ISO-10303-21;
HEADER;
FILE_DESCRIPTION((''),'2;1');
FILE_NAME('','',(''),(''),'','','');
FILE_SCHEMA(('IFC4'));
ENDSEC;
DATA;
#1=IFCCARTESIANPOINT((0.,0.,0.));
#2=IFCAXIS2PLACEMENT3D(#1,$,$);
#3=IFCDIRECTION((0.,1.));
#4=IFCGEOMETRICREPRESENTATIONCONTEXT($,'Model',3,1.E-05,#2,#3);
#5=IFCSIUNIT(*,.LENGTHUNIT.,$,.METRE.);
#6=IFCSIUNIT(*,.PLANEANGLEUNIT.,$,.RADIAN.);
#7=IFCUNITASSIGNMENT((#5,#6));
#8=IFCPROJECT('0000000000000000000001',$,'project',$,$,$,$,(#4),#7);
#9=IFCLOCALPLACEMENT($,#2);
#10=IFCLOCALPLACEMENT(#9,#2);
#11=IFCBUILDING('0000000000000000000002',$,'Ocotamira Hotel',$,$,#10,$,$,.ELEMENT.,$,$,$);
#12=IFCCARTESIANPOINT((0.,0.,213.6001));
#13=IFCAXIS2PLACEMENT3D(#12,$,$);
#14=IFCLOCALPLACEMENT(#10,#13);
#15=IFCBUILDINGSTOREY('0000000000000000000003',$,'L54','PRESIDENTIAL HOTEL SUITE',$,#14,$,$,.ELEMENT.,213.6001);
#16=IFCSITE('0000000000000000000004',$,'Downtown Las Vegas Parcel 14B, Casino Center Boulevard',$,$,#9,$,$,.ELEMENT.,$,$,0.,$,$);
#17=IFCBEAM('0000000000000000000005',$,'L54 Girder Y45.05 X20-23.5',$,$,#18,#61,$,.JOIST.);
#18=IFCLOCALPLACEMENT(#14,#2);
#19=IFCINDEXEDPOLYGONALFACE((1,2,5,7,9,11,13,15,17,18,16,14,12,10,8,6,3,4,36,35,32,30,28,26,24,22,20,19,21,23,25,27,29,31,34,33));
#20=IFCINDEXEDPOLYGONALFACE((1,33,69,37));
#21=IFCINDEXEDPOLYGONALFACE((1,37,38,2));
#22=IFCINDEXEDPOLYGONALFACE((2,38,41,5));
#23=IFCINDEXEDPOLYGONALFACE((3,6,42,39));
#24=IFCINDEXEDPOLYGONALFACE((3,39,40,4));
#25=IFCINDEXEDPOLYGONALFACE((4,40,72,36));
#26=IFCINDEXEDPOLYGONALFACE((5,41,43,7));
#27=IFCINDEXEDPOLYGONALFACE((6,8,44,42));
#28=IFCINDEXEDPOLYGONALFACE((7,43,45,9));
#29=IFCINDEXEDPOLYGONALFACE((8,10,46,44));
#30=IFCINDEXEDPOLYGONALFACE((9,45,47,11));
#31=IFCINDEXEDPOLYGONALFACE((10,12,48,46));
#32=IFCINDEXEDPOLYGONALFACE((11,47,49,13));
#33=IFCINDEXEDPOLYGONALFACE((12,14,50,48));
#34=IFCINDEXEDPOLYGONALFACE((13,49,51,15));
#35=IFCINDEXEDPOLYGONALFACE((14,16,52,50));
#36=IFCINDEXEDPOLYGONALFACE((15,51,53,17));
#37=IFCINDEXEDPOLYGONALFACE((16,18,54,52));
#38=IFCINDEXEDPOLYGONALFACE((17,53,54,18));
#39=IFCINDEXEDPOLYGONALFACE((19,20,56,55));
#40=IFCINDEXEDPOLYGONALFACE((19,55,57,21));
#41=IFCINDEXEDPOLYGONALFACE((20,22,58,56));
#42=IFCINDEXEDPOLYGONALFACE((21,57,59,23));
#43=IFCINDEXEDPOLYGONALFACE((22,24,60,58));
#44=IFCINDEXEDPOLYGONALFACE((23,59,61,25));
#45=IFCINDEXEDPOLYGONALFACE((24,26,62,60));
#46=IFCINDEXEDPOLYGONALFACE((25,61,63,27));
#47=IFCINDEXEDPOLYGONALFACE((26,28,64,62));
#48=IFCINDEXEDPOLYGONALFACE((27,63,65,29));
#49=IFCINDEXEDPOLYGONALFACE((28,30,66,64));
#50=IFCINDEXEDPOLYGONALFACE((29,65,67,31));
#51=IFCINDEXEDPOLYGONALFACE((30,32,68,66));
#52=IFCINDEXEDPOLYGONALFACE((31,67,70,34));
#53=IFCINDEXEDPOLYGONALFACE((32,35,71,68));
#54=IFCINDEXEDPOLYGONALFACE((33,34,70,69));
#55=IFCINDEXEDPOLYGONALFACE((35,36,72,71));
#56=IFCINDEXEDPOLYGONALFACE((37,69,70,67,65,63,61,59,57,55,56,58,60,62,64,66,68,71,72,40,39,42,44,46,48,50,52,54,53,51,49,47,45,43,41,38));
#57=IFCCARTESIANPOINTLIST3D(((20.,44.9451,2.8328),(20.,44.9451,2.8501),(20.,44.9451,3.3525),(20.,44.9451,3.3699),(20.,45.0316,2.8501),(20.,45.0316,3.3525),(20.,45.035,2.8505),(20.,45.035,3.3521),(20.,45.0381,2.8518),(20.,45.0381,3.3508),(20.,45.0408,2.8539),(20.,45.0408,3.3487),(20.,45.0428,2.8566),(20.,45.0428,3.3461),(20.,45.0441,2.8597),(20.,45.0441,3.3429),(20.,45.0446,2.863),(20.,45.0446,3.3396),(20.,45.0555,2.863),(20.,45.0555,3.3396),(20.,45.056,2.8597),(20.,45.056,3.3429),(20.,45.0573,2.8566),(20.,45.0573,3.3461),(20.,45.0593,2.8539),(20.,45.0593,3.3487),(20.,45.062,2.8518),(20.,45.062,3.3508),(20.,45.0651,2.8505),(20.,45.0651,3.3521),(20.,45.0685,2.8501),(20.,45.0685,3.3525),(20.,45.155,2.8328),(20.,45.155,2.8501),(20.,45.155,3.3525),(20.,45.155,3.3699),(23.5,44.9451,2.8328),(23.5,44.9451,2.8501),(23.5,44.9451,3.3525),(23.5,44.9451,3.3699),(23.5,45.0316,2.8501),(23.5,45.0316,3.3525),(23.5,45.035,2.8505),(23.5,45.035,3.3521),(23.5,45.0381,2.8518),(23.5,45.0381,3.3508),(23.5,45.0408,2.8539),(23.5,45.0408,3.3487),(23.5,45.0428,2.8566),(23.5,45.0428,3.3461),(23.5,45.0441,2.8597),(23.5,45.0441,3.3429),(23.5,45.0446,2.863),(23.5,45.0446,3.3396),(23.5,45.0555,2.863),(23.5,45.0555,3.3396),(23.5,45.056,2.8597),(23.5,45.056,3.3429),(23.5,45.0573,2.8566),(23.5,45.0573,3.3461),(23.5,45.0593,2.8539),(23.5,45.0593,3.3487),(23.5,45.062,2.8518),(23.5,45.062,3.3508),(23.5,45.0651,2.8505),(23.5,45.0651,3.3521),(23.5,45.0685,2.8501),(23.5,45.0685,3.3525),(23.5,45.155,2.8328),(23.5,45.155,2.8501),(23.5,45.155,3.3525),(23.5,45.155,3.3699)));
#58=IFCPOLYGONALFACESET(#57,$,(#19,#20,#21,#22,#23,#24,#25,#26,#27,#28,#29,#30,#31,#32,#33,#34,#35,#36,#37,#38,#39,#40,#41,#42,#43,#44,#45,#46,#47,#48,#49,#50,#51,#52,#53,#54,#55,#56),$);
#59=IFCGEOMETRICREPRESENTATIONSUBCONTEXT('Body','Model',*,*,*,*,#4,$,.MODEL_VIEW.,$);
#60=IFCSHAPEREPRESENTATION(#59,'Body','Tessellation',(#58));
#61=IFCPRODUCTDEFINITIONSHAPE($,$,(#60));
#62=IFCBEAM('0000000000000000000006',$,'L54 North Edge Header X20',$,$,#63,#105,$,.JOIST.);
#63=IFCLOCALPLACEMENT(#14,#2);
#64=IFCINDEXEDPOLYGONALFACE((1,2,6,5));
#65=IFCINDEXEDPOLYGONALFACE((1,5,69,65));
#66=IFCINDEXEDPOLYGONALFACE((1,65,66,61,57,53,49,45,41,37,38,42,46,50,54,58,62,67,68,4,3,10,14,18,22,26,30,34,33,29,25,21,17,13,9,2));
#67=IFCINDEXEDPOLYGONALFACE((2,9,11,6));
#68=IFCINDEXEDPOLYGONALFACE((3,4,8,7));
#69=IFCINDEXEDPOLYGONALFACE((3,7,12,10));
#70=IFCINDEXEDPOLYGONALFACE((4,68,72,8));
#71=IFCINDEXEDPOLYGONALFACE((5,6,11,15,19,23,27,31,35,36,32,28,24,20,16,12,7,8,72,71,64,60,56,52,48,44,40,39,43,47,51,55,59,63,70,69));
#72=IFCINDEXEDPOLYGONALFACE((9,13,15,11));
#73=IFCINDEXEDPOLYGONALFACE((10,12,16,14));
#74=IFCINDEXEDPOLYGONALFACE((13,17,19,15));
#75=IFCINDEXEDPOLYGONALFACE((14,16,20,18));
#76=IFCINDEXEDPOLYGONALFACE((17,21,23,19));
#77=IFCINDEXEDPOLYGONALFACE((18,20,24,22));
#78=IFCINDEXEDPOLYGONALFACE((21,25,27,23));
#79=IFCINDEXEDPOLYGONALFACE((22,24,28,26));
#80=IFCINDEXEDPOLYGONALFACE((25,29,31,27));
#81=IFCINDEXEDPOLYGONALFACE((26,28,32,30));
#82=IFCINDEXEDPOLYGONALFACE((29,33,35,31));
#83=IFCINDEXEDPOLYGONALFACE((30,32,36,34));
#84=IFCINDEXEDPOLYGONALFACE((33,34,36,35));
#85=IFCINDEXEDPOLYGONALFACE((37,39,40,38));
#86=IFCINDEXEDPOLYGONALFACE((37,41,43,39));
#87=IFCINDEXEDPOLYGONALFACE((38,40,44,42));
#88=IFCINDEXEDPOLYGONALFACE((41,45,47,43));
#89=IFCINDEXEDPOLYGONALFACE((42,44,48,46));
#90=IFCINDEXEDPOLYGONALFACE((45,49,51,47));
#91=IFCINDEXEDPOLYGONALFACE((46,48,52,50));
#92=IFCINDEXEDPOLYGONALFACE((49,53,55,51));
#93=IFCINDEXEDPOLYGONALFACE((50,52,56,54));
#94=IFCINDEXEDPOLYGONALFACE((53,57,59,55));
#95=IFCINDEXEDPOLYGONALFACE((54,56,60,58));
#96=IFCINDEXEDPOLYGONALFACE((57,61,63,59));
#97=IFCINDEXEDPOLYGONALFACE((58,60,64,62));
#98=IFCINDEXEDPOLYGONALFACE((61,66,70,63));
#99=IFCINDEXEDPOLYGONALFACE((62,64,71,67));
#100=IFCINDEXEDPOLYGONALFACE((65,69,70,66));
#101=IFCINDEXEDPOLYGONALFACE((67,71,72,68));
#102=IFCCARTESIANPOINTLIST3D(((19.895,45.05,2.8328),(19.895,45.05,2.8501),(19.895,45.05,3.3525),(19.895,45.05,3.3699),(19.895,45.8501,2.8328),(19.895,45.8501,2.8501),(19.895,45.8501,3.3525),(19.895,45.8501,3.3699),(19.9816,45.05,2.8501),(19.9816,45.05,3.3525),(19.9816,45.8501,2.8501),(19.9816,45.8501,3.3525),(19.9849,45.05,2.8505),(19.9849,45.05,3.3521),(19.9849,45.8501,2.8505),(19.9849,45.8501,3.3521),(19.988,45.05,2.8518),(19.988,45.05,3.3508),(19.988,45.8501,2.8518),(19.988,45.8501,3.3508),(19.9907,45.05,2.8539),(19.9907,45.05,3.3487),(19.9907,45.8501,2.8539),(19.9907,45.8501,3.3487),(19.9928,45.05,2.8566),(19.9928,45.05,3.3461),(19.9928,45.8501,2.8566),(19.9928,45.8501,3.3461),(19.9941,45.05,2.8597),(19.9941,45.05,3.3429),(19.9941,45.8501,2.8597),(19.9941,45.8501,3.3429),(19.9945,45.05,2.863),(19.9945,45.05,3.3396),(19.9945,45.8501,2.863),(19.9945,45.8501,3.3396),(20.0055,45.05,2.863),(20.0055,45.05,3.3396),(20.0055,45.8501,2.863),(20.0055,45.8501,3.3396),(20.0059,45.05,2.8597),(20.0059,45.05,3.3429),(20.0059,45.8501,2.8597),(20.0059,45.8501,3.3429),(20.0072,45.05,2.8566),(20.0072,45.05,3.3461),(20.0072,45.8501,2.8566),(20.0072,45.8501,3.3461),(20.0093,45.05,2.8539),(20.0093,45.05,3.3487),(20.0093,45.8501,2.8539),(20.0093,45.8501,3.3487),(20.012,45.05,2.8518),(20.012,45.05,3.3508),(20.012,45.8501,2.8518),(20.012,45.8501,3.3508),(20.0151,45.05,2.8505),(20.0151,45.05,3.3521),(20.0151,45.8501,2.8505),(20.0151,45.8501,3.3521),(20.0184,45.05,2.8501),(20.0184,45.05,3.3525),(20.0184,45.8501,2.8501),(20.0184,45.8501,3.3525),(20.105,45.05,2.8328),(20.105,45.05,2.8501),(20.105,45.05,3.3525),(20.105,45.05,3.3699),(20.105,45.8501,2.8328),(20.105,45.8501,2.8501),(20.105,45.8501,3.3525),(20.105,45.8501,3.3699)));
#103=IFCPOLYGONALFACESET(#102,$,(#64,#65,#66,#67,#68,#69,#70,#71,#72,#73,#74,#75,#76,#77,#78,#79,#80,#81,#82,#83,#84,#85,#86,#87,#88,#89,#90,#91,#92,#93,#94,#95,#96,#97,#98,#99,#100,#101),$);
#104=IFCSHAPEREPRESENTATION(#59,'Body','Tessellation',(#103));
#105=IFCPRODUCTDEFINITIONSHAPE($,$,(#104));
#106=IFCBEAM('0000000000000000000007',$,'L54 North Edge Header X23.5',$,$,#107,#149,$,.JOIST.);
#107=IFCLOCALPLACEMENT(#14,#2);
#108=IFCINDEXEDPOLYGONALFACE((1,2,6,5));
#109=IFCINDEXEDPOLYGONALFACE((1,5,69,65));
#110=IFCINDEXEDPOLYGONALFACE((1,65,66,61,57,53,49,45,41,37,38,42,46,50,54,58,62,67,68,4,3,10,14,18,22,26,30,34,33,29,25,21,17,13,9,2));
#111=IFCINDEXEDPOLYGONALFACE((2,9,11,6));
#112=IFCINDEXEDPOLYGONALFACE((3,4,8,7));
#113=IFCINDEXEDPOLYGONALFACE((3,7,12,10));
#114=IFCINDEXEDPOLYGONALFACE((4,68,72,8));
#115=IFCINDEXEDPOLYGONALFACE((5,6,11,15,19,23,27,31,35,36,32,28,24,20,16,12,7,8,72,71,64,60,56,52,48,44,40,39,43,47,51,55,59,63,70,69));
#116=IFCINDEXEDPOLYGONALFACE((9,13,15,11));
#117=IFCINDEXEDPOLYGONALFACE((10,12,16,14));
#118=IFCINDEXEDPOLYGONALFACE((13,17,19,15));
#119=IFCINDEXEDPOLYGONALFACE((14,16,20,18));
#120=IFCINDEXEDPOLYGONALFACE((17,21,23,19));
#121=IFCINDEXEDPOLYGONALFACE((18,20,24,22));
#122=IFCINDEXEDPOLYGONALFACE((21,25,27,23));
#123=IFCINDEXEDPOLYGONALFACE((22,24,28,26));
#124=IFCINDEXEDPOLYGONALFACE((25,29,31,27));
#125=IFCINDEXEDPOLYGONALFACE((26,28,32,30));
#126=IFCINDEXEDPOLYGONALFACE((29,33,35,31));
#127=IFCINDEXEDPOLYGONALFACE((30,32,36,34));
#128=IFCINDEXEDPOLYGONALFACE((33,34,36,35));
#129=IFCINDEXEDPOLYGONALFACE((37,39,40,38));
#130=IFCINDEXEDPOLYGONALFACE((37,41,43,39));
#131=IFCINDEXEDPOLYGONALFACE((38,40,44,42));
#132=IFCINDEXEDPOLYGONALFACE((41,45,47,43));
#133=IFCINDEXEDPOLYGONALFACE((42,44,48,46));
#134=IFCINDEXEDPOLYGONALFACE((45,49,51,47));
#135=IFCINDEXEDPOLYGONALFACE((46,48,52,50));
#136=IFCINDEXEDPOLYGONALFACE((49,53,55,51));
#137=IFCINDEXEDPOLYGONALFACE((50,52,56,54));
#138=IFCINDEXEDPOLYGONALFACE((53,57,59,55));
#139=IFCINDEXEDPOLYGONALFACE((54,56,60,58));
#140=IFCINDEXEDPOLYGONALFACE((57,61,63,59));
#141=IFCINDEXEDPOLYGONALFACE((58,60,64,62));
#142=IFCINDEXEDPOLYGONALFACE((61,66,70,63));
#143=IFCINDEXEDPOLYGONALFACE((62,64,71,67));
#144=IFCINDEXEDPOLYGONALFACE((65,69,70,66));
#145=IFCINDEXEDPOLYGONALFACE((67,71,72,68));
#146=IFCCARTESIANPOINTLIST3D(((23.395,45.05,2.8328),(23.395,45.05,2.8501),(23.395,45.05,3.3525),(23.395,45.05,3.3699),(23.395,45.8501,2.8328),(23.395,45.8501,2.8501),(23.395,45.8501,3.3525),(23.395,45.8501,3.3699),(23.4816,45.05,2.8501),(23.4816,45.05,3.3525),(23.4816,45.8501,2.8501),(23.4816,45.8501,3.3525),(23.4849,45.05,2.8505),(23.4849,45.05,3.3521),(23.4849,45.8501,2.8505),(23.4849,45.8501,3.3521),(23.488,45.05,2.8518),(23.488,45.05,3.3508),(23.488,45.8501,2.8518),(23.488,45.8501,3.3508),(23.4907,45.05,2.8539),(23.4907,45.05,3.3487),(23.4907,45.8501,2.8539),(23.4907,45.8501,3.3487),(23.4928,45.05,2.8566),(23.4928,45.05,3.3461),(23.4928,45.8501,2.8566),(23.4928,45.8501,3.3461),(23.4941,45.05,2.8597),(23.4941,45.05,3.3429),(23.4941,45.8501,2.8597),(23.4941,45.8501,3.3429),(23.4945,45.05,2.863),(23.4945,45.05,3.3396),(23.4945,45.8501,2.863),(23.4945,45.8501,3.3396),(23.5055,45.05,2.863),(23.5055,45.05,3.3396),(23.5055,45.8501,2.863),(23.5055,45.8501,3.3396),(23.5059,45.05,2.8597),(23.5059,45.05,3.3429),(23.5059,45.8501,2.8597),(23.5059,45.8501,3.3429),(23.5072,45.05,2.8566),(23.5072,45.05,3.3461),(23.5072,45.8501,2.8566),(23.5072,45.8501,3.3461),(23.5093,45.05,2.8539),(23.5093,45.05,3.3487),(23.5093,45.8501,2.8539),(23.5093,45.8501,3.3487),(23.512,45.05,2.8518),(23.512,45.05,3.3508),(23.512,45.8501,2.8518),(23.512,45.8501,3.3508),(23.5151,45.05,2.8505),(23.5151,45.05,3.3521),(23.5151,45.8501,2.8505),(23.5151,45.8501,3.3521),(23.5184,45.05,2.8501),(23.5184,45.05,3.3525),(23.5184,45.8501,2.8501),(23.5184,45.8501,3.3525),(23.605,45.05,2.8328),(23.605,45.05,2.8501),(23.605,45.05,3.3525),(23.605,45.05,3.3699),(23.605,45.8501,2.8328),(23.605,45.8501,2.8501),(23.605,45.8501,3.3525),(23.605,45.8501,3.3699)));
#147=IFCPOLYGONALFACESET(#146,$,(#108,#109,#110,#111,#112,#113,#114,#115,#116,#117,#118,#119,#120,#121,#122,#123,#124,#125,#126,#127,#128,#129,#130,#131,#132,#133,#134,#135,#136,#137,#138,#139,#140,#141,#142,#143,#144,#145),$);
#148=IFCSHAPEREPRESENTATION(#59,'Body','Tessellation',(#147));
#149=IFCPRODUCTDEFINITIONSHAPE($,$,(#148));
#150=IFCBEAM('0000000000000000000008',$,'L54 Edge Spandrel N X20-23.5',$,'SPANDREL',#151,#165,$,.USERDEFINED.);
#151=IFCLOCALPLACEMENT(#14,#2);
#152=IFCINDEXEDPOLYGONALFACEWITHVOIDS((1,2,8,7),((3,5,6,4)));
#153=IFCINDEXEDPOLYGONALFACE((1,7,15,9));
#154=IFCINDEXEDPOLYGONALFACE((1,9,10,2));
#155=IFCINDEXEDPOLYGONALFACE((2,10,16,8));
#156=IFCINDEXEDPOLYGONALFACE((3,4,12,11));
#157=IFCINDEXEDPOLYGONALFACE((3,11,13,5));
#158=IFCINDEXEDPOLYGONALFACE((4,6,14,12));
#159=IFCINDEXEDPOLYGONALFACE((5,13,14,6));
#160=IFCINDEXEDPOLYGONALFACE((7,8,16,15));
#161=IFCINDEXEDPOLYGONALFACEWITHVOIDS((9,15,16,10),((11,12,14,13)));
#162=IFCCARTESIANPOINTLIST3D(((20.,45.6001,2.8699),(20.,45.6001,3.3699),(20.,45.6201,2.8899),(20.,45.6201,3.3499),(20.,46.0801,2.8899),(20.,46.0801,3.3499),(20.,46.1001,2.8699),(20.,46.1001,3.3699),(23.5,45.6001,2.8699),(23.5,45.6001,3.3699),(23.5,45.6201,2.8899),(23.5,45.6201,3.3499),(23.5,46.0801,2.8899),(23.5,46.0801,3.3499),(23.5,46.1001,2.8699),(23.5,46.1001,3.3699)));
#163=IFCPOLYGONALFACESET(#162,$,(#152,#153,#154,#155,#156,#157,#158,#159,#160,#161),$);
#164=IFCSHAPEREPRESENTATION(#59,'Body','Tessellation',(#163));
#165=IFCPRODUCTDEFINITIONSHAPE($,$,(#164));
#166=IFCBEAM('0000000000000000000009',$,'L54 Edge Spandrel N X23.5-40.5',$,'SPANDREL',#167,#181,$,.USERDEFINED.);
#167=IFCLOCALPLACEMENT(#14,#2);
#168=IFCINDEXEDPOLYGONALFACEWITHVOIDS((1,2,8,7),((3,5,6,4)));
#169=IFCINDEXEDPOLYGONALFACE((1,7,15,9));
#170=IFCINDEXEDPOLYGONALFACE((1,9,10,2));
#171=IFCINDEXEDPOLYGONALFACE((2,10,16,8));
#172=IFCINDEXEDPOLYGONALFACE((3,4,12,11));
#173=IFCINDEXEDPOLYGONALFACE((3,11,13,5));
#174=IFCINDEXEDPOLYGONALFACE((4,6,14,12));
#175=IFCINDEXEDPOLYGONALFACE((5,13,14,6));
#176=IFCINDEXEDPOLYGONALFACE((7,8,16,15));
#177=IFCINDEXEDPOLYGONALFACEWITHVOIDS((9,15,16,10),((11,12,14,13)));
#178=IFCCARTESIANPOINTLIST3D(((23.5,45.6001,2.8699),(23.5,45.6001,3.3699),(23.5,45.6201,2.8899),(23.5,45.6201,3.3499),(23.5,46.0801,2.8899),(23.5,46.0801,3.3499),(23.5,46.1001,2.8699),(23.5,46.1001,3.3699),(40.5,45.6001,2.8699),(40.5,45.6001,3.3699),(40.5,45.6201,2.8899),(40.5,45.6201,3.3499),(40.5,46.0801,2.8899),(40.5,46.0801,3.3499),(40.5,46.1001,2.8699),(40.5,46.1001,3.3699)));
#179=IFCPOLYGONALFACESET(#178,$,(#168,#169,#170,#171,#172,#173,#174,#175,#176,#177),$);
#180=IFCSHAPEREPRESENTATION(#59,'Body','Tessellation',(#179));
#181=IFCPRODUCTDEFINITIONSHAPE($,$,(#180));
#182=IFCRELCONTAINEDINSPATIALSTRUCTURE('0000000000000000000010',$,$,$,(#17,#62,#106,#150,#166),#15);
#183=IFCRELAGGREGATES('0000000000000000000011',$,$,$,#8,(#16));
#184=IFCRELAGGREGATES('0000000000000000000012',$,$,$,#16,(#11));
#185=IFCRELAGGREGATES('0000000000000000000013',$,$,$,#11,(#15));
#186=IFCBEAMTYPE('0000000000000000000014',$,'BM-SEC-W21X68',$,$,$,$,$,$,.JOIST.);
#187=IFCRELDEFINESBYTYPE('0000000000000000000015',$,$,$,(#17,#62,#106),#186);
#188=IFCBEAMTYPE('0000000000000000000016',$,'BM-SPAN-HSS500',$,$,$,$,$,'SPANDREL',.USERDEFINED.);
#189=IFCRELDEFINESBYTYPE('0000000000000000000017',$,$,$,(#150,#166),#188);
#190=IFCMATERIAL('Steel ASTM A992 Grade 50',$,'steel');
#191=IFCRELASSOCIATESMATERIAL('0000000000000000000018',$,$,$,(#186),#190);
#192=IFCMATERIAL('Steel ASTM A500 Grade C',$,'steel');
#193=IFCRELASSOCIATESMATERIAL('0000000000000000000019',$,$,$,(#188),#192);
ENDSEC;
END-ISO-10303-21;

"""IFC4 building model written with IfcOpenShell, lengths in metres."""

from ifc_helpers import new_model, si_unit, direction, frame, origin, origin_2d, place, context, subcontext, project, spatial, hollow_rectangle, i_section, extrude, source, transform, mapped, material, material_profile, profile_set, type_object, element, save


model = new_model("IFC4")

# Units and contexts
model_context = context("Model", 3, precision=1e-05, world=origin(), true_north=direction((0.0, 1.0)))
body_context = subcontext(model_context, "Body", "Model", "MODEL_VIEW")
ifc_project = project(units=[si_unit("LENGTHUNIT", "METRE"), si_unit("PLANEANGLEUNIT", "RADIAN")], contexts=[model_context])

# Site, building, storey
site_placement = place(None, origin())
site = spatial("IfcSite", under=ifc_project, at=site_placement, Name="Downtown Las Vegas Parcel 14B, Casino Center Boulevard", CompositionType="ELEMENT", RefElevation=0.0)
building_placement = place(site_placement, origin())
building = spatial("IfcBuilding", under=site, at=building_placement, Name="Ocotamira Hotel", CompositionType="ELEMENT")
storey_placement = place(building_placement, frame((0.0, 0.0, 213.6001)))
storey = spatial("IfcBuildingStorey", under=building, at=storey_placement, Name="L54", Description="PRESIDENTIAL HOTEL SUITE", CompositionType="ELEMENT", Elevation=213.6001)

# Beams
ifc_material_1 = material(Name="Steel ASTM A992 Grade 50", Category="steel")
ifc_material_profile_1 = material_profile(ifc_material_1, i_section(OverallWidth=0.21, OverallDepth=0.5371, WebThickness=0.011, FlangeThickness=0.0173, FilletRadius=0.0129, at=origin_2d()), Name="W21X68")
ifc_profile_set_1 = profile_set([ifc_material_profile_1], Name="Steel ASTM A992 Grade 50")
beam_type_1 = type_object("IfcBeamType", Name="BM-SEC-W21X68", PredefinedType="JOIST", material=ifc_profile_set_1)
shared_shape_1 = source(origin(), body_context, "Body", "SweptSolid", [
    extrude(i_section(OverallWidth=0.21, OverallDepth=0.5371, WebThickness=0.011, FlangeThickness=0.0173, FilletRadius=0.0129, at=origin_2d()), origin(), (0.0, 0.0, 1.0), 3.5),
])
beam_1_placement = place(storey_placement, frame((20.0, 45.05, 3.1013), z_axis=(1.0, 0.0, 0.0), x_axis=(0.0, 1.0, 0.0)))
element("IfcBeam", 1, at=beam_1_placement, inside=storey, type_object=beam_type_1, Name="L54 Girder Y45.05 X20-23.5", PredefinedType="JOIST", context=body_context, shape_type="MappedRepresentation", body=[
    mapped(shared_shape_1, transform((0.0, 0.0, 0.0), scale=1.0)),
])
shared_shape_2 = source(origin(), body_context, "Body", "SweptSolid", [
    extrude(i_section(OverallWidth=0.21, OverallDepth=0.5371, WebThickness=0.011, FlangeThickness=0.0173, FilletRadius=0.0129, at=origin_2d()), origin(), (0.0, 0.0, 1.0), 0.8),
])
for number, where, z_axis, x_axis, name in (
    (2, (20.0, 45.05, 3.1013), (0.0, 1.0, 0.0), (-1.0, 0.0, 0.0), "L54 North Edge Header X20"),
    (3, (23.5, 45.05, 3.1013), (0.0, 1.0, 0.0), (-1.0, 0.0, 0.0), "L54 North Edge Header X23.5"),
):
    element("IfcBeam", number, at=place(storey_placement, frame(where, z_axis=z_axis, x_axis=x_axis)), inside=storey, type_object=beam_type_1, Name=name, PredefinedType="JOIST", context=body_context, shape_type="MappedRepresentation", body=[
        mapped(shared_shape_2, transform((0.0, 0.0, 0.0), scale=1.0)),
    ])
ifc_material_2 = material(Name="Steel ASTM A500 Grade C", Category="steel")
ifc_material_profile_2 = material_profile(ifc_material_2, hollow_rectangle(XDim=0.5, YDim=0.5, WallThickness=0.02, at=origin_2d()), Name="HSS500X500X20")
ifc_profile_set_2 = profile_set([ifc_material_profile_2], Name="Steel ASTM A500 Grade C")
beam_type_2 = type_object("IfcBeamType", Name="BM-SPAN-HSS500", ElementType="SPANDREL", PredefinedType="USERDEFINED", material=ifc_profile_set_2)
shared_shape_3 = source(origin(), body_context, "Body", "SweptSolid", [
    extrude(hollow_rectangle(XDim=0.5, YDim=0.5, WallThickness=0.02, at=origin_2d()), origin(), (0.0, 0.0, 1.0), 3.5),
])
beam_2_placement = place(storey_placement, frame((20.0, 45.8501, 3.1199), z_axis=(1.0, 0.0, 0.0), x_axis=(0.0, 1.0, 0.0)))
element("IfcBeam", 4, at=beam_2_placement, inside=storey, type_object=beam_type_2, Name="L54 Edge Spandrel N X20-23.5", ObjectType="SPANDREL", PredefinedType="USERDEFINED", context=body_context, shape_type="MappedRepresentation", body=[
    mapped(shared_shape_3, transform((0.0, 0.0, 0.0), scale=1.0)),
])
shared_shape_4 = source(origin(), body_context, "Body", "SweptSolid", [
    extrude(hollow_rectangle(XDim=0.5, YDim=0.5, WallThickness=0.02, at=origin_2d()), origin(), (0.0, 0.0, 1.0), 17.0),
])
beam_3_placement = place(storey_placement, frame((23.5, 45.8501, 3.1199), z_axis=(1.0, 0.0, 0.0), x_axis=(0.0, 1.0, 0.0)))
element("IfcBeam", 5, at=beam_3_placement, inside=storey, type_object=beam_type_2, Name="L54 Edge Spandrel N X23.5-40.5", ObjectType="SPANDREL", PredefinedType="USERDEFINED", context=body_context, shape_type="MappedRepresentation", body=[
    mapped(shared_shape_4, transform((0.0, 0.0, 0.0), scale=1.0)),
])

save(model, "model.ifc")
